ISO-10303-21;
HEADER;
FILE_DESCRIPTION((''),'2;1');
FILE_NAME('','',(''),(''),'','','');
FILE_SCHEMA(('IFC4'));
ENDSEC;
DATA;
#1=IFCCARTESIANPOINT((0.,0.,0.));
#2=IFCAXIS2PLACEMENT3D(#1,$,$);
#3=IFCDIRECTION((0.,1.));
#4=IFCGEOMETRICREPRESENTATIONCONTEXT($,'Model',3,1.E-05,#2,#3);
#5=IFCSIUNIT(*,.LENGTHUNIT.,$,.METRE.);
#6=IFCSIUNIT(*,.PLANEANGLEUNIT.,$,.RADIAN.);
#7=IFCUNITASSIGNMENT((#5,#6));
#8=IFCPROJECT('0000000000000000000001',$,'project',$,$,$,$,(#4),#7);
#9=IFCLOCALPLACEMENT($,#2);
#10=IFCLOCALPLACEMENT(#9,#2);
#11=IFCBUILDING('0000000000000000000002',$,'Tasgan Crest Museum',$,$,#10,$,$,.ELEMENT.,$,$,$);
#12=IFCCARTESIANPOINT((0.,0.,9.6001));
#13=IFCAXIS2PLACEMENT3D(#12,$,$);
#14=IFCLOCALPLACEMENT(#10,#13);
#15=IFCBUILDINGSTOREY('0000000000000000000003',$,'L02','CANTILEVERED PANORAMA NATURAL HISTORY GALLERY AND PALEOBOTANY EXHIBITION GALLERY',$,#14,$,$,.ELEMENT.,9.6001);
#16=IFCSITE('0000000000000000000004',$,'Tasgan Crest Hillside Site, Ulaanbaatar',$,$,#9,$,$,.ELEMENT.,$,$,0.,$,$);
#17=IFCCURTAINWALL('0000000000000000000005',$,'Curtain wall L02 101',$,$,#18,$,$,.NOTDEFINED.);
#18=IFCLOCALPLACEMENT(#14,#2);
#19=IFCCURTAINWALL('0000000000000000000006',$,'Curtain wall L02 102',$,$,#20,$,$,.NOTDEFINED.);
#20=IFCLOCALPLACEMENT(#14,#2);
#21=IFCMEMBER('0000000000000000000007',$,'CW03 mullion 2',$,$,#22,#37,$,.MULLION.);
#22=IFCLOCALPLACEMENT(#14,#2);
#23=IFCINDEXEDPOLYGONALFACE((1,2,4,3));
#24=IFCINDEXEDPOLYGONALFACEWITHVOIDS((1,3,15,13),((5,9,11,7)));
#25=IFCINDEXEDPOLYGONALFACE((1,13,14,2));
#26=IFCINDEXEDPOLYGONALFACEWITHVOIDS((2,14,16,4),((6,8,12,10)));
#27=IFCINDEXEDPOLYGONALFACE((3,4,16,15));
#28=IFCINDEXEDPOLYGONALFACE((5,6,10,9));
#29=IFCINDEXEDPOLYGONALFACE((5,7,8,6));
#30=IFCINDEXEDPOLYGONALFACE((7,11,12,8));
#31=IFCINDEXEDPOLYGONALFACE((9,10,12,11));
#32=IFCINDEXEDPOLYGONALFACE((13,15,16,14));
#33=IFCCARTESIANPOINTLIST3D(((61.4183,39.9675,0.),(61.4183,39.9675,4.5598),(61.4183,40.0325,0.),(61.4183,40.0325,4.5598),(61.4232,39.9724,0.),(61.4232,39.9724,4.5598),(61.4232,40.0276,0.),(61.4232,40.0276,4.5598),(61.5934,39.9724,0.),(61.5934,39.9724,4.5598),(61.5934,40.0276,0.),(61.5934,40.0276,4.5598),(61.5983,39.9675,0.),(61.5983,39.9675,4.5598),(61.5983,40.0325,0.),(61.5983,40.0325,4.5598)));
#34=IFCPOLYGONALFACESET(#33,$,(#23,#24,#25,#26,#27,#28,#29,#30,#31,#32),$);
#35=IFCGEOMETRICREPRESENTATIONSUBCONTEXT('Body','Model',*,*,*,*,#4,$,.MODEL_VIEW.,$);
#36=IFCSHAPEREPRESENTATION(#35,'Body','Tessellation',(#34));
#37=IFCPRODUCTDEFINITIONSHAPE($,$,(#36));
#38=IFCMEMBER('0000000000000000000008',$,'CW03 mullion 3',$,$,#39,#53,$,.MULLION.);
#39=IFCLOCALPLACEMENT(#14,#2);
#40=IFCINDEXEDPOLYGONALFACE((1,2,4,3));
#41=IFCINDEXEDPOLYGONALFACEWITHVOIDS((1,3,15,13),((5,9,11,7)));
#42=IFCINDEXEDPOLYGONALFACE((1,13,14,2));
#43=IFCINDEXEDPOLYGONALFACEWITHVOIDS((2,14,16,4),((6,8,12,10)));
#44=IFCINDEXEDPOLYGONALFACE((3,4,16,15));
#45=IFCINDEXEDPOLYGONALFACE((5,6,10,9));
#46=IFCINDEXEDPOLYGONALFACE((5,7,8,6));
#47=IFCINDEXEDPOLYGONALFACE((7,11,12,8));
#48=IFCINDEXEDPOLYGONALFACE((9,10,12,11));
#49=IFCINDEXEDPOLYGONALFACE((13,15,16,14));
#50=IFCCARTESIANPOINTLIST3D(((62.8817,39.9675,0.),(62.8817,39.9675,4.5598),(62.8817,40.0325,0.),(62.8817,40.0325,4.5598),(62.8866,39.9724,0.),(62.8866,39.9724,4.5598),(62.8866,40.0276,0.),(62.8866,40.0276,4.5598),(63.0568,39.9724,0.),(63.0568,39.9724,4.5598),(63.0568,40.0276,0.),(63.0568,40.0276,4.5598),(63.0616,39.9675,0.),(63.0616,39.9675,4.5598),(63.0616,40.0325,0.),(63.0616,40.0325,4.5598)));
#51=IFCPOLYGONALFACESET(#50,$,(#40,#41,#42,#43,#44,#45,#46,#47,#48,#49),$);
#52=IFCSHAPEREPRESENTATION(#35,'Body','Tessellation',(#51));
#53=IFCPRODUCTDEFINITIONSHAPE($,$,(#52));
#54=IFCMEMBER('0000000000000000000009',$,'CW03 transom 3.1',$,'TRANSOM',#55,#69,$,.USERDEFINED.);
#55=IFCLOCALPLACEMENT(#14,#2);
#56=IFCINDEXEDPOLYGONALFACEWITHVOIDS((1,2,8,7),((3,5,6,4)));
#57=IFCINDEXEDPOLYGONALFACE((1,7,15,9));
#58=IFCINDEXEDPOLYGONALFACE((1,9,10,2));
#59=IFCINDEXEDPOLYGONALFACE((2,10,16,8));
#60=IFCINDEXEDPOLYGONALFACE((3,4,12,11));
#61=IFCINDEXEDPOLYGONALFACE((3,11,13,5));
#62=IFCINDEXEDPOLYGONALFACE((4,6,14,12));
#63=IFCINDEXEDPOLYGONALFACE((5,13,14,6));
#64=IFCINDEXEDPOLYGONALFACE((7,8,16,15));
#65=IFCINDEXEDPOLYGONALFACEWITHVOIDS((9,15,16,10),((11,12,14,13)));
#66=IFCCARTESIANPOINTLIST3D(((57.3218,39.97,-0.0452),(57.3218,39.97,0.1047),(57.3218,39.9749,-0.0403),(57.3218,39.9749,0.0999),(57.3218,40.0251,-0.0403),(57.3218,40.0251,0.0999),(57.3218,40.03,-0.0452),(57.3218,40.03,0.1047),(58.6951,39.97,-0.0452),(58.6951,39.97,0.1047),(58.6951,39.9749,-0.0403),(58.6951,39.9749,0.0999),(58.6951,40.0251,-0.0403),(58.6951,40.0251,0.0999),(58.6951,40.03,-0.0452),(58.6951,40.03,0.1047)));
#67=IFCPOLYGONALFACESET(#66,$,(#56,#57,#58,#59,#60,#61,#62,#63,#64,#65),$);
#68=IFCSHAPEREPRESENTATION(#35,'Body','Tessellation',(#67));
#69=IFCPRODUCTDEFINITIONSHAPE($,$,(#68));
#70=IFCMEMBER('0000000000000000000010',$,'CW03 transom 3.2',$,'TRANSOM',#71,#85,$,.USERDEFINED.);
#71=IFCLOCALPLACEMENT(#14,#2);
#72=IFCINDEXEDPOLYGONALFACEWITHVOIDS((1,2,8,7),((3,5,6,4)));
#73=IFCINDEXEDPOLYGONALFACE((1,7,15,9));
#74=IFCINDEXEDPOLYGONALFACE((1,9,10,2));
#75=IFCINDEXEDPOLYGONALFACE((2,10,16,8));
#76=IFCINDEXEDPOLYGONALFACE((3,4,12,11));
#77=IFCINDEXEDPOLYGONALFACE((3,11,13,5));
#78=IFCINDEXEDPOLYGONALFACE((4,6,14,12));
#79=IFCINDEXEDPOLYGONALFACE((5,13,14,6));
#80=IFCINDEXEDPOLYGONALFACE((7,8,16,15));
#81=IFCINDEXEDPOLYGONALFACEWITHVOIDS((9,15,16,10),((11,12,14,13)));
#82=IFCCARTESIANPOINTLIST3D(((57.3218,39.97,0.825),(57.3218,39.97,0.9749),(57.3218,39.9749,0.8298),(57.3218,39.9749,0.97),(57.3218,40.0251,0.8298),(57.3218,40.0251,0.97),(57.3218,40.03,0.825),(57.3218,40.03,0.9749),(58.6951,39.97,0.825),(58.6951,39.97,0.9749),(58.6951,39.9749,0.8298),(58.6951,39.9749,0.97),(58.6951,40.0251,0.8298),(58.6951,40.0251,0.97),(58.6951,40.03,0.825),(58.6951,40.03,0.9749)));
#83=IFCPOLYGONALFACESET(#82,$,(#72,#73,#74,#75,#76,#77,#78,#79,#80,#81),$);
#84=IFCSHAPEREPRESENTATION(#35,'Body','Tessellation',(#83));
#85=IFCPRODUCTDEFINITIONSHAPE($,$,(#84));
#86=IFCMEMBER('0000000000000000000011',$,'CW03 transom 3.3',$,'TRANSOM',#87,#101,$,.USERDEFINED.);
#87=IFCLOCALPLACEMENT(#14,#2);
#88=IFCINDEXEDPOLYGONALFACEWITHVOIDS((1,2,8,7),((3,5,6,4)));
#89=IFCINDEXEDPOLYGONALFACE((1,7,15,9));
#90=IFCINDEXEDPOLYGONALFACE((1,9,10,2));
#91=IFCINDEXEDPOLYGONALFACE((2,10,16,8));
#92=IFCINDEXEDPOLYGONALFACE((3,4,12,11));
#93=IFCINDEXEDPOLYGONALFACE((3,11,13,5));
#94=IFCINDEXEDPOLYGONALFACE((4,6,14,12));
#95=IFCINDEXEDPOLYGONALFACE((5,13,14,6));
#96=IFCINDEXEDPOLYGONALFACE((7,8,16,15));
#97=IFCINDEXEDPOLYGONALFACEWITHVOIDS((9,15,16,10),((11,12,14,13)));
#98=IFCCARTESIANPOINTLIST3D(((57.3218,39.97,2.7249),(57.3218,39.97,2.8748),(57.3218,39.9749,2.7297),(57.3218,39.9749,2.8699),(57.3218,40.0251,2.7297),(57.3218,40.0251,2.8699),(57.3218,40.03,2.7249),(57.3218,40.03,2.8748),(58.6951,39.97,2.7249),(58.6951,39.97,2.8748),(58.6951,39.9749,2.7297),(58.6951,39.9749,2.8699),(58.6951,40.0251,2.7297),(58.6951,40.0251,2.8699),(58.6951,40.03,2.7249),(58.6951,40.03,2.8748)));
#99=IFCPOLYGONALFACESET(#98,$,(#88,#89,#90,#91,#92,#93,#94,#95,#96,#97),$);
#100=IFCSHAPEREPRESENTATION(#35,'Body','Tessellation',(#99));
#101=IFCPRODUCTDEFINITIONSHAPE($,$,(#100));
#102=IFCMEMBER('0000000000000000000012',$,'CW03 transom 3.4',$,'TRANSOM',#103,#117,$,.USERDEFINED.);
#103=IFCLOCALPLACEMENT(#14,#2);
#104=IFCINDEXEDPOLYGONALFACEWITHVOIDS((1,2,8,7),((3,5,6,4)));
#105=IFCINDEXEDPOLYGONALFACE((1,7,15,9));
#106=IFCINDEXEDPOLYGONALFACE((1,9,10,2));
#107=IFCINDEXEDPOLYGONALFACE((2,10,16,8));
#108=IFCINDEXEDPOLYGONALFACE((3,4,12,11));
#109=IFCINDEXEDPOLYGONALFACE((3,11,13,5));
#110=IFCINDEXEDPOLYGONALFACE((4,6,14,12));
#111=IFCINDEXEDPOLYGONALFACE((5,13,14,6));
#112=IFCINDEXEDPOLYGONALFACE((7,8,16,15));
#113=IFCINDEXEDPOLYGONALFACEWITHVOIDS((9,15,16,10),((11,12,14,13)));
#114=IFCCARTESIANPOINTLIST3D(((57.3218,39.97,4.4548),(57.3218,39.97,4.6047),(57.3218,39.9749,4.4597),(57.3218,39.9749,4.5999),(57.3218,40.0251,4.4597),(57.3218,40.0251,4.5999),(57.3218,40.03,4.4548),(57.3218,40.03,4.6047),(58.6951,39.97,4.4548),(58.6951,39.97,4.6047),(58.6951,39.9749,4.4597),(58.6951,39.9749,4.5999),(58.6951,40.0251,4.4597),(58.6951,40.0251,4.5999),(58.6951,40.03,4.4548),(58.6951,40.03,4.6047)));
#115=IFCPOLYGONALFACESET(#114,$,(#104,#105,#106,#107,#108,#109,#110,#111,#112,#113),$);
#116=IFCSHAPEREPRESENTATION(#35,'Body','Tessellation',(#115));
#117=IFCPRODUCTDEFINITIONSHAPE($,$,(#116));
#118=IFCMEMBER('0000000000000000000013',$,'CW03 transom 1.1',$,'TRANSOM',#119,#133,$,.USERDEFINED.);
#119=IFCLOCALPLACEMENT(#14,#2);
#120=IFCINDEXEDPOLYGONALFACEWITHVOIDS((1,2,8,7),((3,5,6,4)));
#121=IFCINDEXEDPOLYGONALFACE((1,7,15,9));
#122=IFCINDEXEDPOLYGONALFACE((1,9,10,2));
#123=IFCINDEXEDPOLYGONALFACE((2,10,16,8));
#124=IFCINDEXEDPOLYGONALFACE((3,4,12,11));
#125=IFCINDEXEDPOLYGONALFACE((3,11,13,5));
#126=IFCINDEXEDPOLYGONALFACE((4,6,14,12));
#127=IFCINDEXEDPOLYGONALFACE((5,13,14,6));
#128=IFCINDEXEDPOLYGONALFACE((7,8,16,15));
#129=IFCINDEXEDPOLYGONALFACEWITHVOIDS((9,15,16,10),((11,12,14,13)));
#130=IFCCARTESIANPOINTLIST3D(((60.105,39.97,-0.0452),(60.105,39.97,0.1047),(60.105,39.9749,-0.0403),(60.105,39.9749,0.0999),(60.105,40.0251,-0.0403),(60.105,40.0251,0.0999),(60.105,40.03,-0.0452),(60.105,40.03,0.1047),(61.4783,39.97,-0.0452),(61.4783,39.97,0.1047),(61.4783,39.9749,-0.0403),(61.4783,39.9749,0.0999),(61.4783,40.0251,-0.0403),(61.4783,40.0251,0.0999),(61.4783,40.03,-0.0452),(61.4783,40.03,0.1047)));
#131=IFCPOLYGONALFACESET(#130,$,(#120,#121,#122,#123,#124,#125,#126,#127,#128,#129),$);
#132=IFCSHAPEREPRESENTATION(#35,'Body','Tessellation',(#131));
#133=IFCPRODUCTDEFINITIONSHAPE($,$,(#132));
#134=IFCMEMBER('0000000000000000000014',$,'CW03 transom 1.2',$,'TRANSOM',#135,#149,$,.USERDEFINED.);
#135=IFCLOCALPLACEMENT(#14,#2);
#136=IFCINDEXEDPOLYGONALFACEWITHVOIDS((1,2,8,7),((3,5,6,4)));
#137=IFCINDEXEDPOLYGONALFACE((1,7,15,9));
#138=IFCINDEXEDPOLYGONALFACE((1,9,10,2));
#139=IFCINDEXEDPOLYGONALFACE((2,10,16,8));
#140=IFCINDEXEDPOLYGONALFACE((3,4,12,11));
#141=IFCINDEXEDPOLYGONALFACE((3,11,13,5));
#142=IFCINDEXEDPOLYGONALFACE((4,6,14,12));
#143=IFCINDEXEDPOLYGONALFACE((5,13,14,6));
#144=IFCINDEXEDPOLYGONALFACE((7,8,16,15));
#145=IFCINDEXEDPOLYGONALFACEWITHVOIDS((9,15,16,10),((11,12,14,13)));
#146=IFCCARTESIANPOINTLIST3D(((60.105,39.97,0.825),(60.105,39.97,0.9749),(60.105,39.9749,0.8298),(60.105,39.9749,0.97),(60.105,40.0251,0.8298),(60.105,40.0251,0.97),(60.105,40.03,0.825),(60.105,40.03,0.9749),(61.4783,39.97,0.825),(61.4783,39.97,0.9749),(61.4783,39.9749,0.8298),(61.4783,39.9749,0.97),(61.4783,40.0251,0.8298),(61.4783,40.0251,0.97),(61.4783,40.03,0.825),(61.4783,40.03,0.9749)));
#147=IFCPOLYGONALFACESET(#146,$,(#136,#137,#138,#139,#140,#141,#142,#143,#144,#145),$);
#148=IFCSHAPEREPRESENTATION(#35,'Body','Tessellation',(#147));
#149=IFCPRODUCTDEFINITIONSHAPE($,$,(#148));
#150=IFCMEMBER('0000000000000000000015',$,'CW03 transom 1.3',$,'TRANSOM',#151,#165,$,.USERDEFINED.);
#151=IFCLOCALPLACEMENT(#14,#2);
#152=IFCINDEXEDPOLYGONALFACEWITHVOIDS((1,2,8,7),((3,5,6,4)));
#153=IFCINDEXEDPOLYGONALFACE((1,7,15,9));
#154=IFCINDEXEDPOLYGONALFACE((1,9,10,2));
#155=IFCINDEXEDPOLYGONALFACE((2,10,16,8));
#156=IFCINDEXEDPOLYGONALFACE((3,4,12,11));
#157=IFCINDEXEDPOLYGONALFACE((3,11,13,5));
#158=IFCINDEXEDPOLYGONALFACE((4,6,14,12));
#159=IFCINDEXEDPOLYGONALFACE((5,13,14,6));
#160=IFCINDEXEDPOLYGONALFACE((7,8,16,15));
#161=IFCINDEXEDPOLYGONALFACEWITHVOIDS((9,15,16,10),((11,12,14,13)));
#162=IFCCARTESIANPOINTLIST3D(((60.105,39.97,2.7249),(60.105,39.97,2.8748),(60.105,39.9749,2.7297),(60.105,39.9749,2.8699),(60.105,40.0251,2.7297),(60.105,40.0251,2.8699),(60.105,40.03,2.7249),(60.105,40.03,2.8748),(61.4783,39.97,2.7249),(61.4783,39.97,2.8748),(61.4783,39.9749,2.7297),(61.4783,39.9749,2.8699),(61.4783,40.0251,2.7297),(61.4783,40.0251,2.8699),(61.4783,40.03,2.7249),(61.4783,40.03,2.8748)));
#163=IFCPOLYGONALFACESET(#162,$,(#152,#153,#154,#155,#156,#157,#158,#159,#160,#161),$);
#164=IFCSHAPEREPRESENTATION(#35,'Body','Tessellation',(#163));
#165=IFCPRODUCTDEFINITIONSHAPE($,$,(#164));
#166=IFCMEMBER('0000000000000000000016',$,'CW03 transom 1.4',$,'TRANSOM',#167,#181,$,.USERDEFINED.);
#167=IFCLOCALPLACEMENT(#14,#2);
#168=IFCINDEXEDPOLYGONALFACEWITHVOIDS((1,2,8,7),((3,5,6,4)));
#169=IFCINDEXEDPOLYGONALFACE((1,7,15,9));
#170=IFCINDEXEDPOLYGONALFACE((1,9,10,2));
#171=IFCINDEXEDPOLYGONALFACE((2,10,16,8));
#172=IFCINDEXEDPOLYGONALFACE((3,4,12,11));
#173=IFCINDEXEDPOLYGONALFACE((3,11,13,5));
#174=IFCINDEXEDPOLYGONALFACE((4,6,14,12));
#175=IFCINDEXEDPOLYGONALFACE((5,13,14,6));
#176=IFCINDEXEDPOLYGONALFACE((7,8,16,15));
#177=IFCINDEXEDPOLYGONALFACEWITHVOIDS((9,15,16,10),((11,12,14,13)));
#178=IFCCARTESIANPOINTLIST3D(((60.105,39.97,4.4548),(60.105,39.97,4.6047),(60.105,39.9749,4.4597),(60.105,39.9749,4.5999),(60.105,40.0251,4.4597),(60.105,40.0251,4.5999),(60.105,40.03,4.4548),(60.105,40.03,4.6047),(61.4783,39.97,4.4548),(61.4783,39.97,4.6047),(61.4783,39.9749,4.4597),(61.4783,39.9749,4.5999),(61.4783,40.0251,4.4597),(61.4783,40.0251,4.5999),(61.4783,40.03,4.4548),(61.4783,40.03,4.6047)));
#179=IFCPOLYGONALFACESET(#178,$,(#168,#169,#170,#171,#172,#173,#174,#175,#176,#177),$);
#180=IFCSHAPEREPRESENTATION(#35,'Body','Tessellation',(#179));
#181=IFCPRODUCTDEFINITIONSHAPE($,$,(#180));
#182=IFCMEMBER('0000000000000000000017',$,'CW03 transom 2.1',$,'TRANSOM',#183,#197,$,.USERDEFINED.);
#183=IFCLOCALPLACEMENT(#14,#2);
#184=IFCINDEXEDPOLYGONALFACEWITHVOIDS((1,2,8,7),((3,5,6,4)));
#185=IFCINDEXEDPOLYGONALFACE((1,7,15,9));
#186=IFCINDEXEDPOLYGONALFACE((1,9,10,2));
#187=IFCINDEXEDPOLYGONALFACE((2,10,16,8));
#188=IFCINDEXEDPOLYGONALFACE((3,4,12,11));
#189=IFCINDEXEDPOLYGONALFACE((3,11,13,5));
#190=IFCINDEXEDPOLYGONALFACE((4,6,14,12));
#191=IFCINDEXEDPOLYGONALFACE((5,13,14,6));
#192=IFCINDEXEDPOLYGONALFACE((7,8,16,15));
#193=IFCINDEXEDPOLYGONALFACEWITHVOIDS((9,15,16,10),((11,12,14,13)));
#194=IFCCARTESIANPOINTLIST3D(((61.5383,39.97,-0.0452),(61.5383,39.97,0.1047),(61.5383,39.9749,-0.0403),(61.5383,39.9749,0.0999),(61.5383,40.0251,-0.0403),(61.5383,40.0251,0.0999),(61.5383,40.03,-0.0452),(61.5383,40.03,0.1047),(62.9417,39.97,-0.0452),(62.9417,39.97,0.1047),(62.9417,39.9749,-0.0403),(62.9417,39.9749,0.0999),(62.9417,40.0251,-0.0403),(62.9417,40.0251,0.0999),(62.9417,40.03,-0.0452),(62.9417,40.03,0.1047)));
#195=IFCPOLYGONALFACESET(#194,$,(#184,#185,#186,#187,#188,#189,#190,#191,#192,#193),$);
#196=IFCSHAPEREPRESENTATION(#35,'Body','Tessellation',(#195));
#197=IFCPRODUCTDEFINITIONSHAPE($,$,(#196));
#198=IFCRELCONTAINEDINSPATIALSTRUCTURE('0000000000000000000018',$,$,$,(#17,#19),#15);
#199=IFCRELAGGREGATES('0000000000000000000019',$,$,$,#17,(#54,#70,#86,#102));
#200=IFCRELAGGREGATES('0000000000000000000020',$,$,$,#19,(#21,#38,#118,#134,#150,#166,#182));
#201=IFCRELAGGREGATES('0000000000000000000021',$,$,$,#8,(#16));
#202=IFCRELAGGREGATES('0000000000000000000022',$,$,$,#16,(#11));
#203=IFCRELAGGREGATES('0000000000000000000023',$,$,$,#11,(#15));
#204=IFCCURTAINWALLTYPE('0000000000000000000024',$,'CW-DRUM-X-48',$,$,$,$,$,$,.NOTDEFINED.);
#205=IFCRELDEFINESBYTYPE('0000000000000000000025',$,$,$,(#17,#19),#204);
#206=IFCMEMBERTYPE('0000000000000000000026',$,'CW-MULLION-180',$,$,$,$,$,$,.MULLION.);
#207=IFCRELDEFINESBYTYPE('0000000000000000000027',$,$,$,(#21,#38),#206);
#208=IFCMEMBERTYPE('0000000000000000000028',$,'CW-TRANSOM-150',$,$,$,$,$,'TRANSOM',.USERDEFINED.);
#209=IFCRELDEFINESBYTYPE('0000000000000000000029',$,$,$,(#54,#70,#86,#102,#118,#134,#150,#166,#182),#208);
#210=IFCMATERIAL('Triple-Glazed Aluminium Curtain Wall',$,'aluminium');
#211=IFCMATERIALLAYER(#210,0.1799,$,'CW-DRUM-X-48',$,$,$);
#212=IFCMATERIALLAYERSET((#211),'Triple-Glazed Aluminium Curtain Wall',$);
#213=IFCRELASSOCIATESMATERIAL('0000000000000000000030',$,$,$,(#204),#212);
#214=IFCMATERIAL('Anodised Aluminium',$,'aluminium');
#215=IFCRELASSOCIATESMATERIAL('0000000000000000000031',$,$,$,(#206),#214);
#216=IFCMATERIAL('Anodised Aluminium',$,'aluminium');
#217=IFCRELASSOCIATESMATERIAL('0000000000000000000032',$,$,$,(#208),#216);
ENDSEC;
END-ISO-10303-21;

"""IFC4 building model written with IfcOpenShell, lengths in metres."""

from ifc_helpers import new_model, si_unit, direction, frame, origin, origin_2d, place, context, subcontext, project, spatial, hollow_rectangle, extrude, material, layer, layer_set, material_profile, profile_set, type_object, element, aggregate, save


model = new_model("IFC4")

# Units and contexts
model_context = context("Model", 3, precision=1e-05, world=origin(), true_north=direction((0.0, 1.0)))
body_context = subcontext(model_context, "Body", "Model", "MODEL_VIEW")
ifc_project = project(units=[si_unit("LENGTHUNIT", "METRE"), si_unit("PLANEANGLEUNIT", "RADIAN")], contexts=[model_context])

# Site, building, storey
site_placement = place(None, origin())
site = spatial("IfcSite", under=ifc_project, at=site_placement, Name="Tasgan Crest Hillside Site, Ulaanbaatar", CompositionType="ELEMENT", RefElevation=0.0)
building_placement = place(site_placement, origin())
building = spatial("IfcBuilding", under=site, at=building_placement, Name="Tasgan Crest Museum", CompositionType="ELEMENT")
storey_placement = place(building_placement, frame((0.0, 0.0, 9.6001)))
storey = spatial("IfcBuildingStorey", under=building, at=storey_placement, Name="L02", Description="CANTILEVERED PANORAMA NATURAL HISTORY GALLERY AND PALEOBOTANY EXHIBITION GALLERY", CompositionType="ELEMENT", Elevation=9.6001)

# Curtain walls, members
ifc_material_1 = material(Name="Triple-Glazed Aluminium Curtain Wall", Category="aluminium")
ifc_layer_1 = layer(ifc_material_1, 0.1799, Name="CW-DRUM-X-48")
ifc_layer_set_1 = layer_set([ifc_layer_1], Name="Triple-Glazed Aluminium Curtain Wall")
curtain_wall_type = type_object("IfcCurtainWallType", Name="CW-DRUM-X-48", PredefinedType="NOTDEFINED", material=ifc_layer_set_1)
curtain_wall_1_placement = place(storey_placement, origin())
curtain_wall_1 = element("IfcCurtainWall", 1, at=curtain_wall_1_placement, inside=storey, type_object=curtain_wall_type, Name="Curtain wall L02 101", PredefinedType="NOTDEFINED")
ifc_material_2 = material(Name="Anodised Aluminium", Category="aluminium")
ifc_material_profile_1 = material_profile(ifc_material_2, hollow_rectangle(XDim=0.0649, YDim=0.1799, WallThickness=0.0049, at=origin_2d()), Name="ALU MULLION 180x65x5")
ifc_profile_set_1 = profile_set([ifc_material_profile_1], Name="Anodised Aluminium")
member_type_1 = type_object("IfcMemberType", Name="CW-MULLION-180", PredefinedType="MULLION", material=ifc_profile_set_1)
curtain_wall_2_placement = place(storey_placement, origin())
curtain_wall_2 = element("IfcCurtainWall", 2, at=curtain_wall_2_placement, inside=storey, type_object=curtain_wall_type, Name="Curtain wall L02 102", PredefinedType="NOTDEFINED")
member_1_placement = place(storey_placement, frame((61.5083, 40.0, 0.0), z_axis=(0.0, 0.0, 1.0), x_axis=(0.0, 1.0, 0.0)))
member_1 = element("IfcMember", 3, at=member_1_placement, type_object=member_type_1, Name="CW03 mullion 2", PredefinedType="MULLION", context=body_context, shape_type="SweptSolid", body=[
    extrude(hollow_rectangle(XDim=0.0649, YDim=0.1799, WallThickness=0.0049, at=origin_2d()), origin(), (0.0, 0.0, 1.0), 4.5598),
])
member_2_placement = place(storey_placement, frame((62.9717, 40.0, 0.0), z_axis=(0.0, 0.0, 1.0), x_axis=(0.0, 1.0, 0.0)))
member_2 = element("IfcMember", 4, at=member_2_placement, type_object=member_type_1, Name="CW03 mullion 3", PredefinedType="MULLION", context=body_context, shape_type="SweptSolid", body=[
    extrude(hollow_rectangle(XDim=0.0649, YDim=0.1799, WallThickness=0.0049, at=origin_2d()), origin(), (0.0, 0.0, 1.0), 4.5598),
])

# Members
ifc_material_3 = material(Name="Anodised Aluminium", Category="aluminium")
ifc_material_profile_2 = material_profile(ifc_material_3, hollow_rectangle(XDim=0.0601, YDim=0.1499, WallThickness=0.0049, at=origin_2d()), Name="ALU TRANSOM 150x60x5")
ifc_profile_set_2 = profile_set([ifc_material_profile_2], Name="Anodised Aluminium")
member_type_2 = type_object("IfcMemberType", Name="CW-TRANSOM-150", ElementType="TRANSOM", PredefinedType="USERDEFINED", material=ifc_profile_set_2)
member_3_placement = place(storey_placement, frame((57.3218, 40.0, 0.0298), z_axis=(1.0, 0.0, 0.0), x_axis=(0.0, 1.0, 0.0)))
member_3 = element("IfcMember", 5, at=member_3_placement, type_object=member_type_2, Name="CW03 transom 3.1", ObjectType="TRANSOM", PredefinedType="USERDEFINED", context=body_context, shape_type="SweptSolid", body=[
    extrude(hollow_rectangle(XDim=0.0601, YDim=0.1499, WallThickness=0.0049, at=origin_2d()), origin(), (0.0, 0.0, 1.0), 1.3733),
])
member_4_placement = place(storey_placement, frame((57.3218, 40.0, 0.8999), z_axis=(1.0, 0.0, 0.0), x_axis=(0.0, 1.0, 0.0)))
member_4 = element("IfcMember", 6, at=member_4_placement, type_object=member_type_2, Name="CW03 transom 3.2", ObjectType="TRANSOM", PredefinedType="USERDEFINED", context=body_context, shape_type="SweptSolid", body=[
    extrude(hollow_rectangle(XDim=0.0601, YDim=0.1499, WallThickness=0.0049, at=origin_2d()), origin(), (0.0, 0.0, 1.0), 1.3733),
])
member_5_placement = place(storey_placement, frame((57.3218, 40.0, 2.7998), z_axis=(1.0, 0.0, 0.0), x_axis=(0.0, 1.0, 0.0)))
member_5 = element("IfcMember", 7, at=member_5_placement, type_object=member_type_2, Name="CW03 transom 3.3", ObjectType="TRANSOM", PredefinedType="USERDEFINED", context=body_context, shape_type="SweptSolid", body=[
    extrude(hollow_rectangle(XDim=0.0601, YDim=0.1499, WallThickness=0.0049, at=origin_2d()), origin(), (0.0, 0.0, 1.0), 1.3733),
])
member_6_placement = place(storey_placement, frame((57.3218, 40.0, 4.5298), z_axis=(1.0, 0.0, 0.0), x_axis=(0.0, 1.0, 0.0)))
member_6 = element("IfcMember", 8, at=member_6_placement, type_object=member_type_2, Name="CW03 transom 3.4", ObjectType="TRANSOM", PredefinedType="USERDEFINED", context=body_context, shape_type="SweptSolid", body=[
    extrude(hollow_rectangle(XDim=0.0601, YDim=0.1499, WallThickness=0.0049, at=origin_2d()), origin(), (0.0, 0.0, 1.0), 1.3733),
])
member_7_placement = place(storey_placement, frame((60.105, 40.0, 0.0298), z_axis=(1.0, 0.0, 0.0), x_axis=(0.0, 1.0, 0.0)))
member_7 = element("IfcMember", 9, at=member_7_placement, type_object=member_type_2, Name="CW03 transom 1.1", ObjectType="TRANSOM", PredefinedType="USERDEFINED", context=body_context, shape_type="SweptSolid", body=[
    extrude(hollow_rectangle(XDim=0.0601, YDim=0.1499, WallThickness=0.0049, at=origin_2d()), origin(), (0.0, 0.0, 1.0), 1.3733),
])
member_8_placement = place(storey_placement, frame((60.105, 40.0, 0.8999), z_axis=(1.0, 0.0, 0.0), x_axis=(0.0, 1.0, 0.0)))
member_8 = element("IfcMember", 10, at=member_8_placement, type_object=member_type_2, Name="CW03 transom 1.2", ObjectType="TRANSOM", PredefinedType="USERDEFINED", context=body_context, shape_type="SweptSolid", body=[
    extrude(hollow_rectangle(XDim=0.0601, YDim=0.1499, WallThickness=0.0049, at=origin_2d()), origin(), (0.0, 0.0, 1.0), 1.3733),
])
member_9_placement = place(storey_placement, frame((60.105, 40.0, 2.7998), z_axis=(1.0, 0.0, 0.0), x_axis=(0.0, 1.0, 0.0)))
member_9 = element("IfcMember", 11, at=member_9_placement, type_object=member_type_2, Name="CW03 transom 1.3", ObjectType="TRANSOM", PredefinedType="USERDEFINED", context=body_context, shape_type="SweptSolid", body=[
    extrude(hollow_rectangle(XDim=0.0601, YDim=0.1499, WallThickness=0.0049, at=origin_2d()), origin(), (0.0, 0.0, 1.0), 1.3733),
])
member_10_placement = place(storey_placement, frame((60.105, 40.0, 4.5298), z_axis=(1.0, 0.0, 0.0), x_axis=(0.0, 1.0, 0.0)))
member_10 = element("IfcMember", 12, at=member_10_placement, type_object=member_type_2, Name="CW03 transom 1.4", ObjectType="TRANSOM", PredefinedType="USERDEFINED", context=body_context, shape_type="SweptSolid", body=[
    extrude(hollow_rectangle(XDim=0.0601, YDim=0.1499, WallThickness=0.0049, at=origin_2d()), origin(), (0.0, 0.0, 1.0), 1.3733),
])
member_11_placement = place(storey_placement, frame((61.5383, 40.0, 0.0298), z_axis=(1.0, 0.0, 0.0), x_axis=(0.0, 1.0, 0.0)))
member_11 = element("IfcMember", 13, at=member_11_placement, type_object=member_type_2, Name="CW03 transom 2.1", ObjectType="TRANSOM", PredefinedType="USERDEFINED", context=body_context, shape_type="SweptSolid", body=[
    extrude(hollow_rectangle(XDim=0.0601, YDim=0.1499, WallThickness=0.0049, at=origin_2d()), origin(), (0.0, 0.0, 1.0), 1.4033),
])

aggregate(curtain_wall_1, [member_3, member_4, member_5, member_6])
aggregate(curtain_wall_2, [member_1, member_2, member_7, member_8, member_9, member_10, member_11])

save(model, "model.ifc")
